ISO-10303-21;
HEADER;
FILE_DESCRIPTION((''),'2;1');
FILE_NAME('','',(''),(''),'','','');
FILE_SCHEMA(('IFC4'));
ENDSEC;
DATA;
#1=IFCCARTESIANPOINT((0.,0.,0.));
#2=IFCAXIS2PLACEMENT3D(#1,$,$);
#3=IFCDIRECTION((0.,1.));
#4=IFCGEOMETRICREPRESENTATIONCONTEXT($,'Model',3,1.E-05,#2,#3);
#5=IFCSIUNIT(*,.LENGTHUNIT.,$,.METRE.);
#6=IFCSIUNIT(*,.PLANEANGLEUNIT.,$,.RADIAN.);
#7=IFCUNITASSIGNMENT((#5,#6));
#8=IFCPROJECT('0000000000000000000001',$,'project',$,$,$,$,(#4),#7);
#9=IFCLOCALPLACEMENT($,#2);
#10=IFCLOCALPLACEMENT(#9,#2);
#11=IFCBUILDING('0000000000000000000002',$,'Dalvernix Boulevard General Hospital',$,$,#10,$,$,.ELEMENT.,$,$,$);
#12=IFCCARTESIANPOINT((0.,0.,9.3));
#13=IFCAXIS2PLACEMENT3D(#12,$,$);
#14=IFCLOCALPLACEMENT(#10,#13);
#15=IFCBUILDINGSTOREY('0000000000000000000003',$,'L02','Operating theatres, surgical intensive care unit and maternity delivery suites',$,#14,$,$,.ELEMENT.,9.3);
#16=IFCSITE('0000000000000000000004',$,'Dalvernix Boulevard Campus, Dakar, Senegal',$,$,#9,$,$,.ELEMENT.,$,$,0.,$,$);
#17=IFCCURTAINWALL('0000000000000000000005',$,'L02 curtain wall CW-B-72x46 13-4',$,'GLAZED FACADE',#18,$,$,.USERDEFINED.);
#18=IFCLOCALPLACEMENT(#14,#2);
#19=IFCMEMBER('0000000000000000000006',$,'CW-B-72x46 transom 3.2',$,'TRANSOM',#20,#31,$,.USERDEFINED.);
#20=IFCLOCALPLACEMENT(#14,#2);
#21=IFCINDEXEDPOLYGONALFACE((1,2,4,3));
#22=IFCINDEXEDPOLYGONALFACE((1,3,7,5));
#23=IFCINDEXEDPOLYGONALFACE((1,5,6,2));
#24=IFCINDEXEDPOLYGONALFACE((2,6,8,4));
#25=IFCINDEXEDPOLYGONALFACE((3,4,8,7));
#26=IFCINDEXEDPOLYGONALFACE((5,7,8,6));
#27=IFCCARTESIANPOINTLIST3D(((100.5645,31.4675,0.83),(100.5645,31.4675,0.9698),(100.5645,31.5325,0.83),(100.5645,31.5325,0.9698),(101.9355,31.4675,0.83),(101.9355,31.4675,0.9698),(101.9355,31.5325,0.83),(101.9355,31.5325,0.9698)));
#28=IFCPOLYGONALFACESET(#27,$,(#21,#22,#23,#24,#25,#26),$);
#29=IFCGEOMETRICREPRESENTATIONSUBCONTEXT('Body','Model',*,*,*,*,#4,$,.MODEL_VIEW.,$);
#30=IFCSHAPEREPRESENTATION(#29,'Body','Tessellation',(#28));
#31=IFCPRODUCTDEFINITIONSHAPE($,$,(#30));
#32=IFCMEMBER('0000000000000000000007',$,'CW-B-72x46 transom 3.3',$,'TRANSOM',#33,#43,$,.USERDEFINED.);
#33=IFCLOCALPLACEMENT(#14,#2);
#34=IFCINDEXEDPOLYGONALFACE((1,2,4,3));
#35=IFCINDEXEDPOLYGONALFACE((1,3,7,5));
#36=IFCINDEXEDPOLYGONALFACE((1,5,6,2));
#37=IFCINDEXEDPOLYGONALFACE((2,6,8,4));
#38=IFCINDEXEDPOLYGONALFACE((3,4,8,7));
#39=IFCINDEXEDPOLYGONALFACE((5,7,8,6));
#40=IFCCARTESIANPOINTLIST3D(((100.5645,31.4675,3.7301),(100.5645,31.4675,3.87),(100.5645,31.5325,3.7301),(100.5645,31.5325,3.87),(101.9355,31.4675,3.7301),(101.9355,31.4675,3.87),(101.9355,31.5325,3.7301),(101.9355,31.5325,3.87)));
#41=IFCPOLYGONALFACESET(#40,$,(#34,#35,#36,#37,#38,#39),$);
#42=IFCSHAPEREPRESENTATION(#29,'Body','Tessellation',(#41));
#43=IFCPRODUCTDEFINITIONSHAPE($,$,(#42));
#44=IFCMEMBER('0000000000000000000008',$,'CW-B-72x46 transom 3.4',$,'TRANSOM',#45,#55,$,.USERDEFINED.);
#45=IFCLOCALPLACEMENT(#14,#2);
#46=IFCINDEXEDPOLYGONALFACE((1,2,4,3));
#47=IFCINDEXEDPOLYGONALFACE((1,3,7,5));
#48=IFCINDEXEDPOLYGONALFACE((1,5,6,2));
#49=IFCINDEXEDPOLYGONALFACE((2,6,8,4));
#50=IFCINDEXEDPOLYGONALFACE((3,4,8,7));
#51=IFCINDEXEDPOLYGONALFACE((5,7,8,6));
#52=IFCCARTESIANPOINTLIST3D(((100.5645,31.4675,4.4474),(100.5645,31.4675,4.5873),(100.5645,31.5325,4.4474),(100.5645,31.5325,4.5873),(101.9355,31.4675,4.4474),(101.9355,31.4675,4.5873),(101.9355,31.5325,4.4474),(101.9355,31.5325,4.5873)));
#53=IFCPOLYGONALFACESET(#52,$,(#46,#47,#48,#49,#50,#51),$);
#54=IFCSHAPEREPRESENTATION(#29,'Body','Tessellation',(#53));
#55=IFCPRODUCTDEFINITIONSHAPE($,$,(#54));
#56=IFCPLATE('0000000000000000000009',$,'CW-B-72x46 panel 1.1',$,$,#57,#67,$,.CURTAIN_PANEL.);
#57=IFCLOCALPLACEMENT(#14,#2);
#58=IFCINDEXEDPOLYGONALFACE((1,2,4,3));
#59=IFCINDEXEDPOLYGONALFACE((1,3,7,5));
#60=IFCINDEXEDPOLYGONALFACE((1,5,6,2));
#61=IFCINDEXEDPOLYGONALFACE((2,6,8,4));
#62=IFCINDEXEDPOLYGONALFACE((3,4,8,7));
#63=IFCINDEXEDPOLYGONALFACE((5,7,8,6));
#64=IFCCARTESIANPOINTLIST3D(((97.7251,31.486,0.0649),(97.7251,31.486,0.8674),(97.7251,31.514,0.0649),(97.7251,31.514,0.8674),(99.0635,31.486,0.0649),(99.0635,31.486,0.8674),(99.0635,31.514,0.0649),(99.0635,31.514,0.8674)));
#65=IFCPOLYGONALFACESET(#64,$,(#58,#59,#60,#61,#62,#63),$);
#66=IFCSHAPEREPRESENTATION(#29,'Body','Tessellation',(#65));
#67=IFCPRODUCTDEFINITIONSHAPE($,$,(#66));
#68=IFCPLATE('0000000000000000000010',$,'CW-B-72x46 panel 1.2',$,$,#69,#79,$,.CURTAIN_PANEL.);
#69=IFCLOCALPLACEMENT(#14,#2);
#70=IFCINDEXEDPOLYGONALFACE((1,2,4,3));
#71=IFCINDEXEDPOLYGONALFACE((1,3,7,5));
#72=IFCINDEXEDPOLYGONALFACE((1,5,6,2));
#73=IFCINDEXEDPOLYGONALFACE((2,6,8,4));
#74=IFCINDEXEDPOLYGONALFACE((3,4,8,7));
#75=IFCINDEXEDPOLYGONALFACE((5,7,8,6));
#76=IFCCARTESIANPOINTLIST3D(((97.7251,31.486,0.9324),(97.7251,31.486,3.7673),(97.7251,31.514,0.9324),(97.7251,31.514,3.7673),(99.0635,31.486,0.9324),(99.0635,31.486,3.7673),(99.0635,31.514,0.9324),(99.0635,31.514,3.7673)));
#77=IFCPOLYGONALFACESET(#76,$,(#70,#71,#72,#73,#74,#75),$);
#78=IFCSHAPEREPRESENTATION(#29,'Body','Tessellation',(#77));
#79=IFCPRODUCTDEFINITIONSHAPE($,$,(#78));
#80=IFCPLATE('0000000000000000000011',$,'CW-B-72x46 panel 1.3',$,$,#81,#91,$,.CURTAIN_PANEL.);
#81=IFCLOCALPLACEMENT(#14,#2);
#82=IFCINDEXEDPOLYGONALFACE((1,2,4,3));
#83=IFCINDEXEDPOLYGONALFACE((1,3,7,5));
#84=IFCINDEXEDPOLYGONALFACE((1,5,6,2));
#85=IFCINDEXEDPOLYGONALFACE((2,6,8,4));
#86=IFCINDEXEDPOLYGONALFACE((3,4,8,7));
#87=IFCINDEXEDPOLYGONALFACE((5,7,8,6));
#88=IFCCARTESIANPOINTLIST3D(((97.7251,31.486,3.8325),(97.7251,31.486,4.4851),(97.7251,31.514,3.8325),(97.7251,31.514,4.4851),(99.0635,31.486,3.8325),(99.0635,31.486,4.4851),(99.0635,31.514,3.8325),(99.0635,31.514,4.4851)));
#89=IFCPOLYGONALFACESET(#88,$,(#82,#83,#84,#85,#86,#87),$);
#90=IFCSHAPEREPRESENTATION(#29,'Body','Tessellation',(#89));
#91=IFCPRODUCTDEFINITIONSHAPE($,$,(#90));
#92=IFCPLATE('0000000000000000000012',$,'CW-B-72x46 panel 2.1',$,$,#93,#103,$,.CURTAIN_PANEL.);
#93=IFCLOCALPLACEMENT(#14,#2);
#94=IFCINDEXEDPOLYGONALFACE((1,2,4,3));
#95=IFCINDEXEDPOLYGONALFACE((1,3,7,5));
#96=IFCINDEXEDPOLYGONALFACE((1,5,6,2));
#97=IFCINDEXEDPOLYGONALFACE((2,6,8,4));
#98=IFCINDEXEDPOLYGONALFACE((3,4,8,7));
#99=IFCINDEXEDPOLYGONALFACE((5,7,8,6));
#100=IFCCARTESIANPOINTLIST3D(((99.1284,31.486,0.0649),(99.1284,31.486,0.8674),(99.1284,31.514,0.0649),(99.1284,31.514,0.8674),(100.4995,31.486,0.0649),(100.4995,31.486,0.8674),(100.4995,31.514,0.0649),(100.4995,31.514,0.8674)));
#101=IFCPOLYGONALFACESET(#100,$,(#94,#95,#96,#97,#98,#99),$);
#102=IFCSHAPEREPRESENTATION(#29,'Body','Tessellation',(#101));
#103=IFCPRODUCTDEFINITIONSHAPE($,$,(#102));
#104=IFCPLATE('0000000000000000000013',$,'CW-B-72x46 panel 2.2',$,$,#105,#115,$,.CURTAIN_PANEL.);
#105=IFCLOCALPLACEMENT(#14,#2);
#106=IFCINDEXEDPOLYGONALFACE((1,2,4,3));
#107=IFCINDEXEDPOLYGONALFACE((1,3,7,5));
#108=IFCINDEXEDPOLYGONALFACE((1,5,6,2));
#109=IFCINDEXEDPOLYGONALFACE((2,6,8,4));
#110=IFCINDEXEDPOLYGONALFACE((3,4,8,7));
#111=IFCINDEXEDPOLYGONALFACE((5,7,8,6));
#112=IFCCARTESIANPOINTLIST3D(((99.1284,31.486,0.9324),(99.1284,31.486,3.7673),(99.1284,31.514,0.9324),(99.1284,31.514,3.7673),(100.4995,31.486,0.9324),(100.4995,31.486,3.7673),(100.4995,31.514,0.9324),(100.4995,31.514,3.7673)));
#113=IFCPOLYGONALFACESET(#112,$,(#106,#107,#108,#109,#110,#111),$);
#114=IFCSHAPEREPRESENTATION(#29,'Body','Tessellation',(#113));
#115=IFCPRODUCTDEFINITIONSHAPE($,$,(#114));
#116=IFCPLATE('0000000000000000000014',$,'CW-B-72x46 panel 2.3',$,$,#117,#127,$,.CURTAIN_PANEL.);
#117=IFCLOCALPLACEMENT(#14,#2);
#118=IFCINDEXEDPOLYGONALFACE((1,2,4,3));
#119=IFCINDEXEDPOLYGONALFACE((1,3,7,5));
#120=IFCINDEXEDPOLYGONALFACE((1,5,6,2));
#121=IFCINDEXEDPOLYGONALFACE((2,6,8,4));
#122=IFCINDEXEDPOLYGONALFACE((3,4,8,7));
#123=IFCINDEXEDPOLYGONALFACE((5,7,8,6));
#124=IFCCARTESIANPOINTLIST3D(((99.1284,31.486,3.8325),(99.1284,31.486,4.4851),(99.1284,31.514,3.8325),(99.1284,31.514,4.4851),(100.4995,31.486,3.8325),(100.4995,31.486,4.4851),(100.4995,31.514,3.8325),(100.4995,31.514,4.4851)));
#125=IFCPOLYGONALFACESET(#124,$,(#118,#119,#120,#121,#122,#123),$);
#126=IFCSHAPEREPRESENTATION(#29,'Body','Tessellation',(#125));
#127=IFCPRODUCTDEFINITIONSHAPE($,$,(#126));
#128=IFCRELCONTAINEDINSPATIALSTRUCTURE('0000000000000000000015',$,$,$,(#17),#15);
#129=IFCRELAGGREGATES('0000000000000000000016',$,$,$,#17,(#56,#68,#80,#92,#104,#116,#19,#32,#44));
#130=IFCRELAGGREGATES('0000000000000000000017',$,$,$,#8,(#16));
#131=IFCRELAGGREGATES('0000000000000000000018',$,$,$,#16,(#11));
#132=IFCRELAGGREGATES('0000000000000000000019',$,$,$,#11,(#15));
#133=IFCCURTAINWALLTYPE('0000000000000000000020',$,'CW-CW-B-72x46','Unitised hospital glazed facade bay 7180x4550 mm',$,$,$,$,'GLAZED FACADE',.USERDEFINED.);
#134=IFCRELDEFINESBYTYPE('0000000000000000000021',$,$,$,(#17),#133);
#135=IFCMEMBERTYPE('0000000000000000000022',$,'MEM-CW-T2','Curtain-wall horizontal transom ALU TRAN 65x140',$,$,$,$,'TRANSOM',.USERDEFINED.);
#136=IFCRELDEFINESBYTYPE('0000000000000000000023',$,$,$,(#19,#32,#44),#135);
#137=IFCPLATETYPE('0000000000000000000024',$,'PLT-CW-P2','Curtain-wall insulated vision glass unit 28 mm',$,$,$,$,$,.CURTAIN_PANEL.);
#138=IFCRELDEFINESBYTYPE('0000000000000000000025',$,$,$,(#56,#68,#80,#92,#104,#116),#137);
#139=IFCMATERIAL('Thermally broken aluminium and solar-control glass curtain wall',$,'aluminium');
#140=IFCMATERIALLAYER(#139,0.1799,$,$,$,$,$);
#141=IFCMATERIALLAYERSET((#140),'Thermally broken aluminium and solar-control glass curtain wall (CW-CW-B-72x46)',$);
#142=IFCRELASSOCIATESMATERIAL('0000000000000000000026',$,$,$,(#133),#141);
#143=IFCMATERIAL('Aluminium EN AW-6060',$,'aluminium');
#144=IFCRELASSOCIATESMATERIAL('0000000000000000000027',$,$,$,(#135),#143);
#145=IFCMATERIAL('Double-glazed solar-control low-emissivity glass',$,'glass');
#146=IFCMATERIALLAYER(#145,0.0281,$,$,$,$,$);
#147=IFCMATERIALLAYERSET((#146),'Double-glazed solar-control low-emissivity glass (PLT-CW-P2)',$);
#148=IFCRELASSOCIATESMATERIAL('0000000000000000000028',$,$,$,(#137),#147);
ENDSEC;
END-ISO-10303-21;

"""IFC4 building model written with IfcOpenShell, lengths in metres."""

from ifc_helpers import new_model, si_unit, direction, frame, origin, origin_2d, place, context, subcontext, project, spatial, rectangle, extrude, material, layer, layer_set, material_profile, profile_set, type_object, element, aggregate, save


model = new_model("IFC4")

# Units and contexts
model_context = context("Model", 3, precision=1e-05, world=origin(), true_north=direction((0.0, 1.0)))
body_context = subcontext(model_context, "Body", "Model", "MODEL_VIEW")
ifc_project = project(units=[si_unit("LENGTHUNIT", "METRE"), si_unit("PLANEANGLEUNIT", "RADIAN")], contexts=[model_context])

# Site, building, storey
site_placement = place(None, origin())
site = spatial("IfcSite", under=ifc_project, at=site_placement, Name="Dalvernix Boulevard Campus, Dakar, Senegal", CompositionType="ELEMENT", RefElevation=0.0)
building_placement = place(site_placement, origin())
building = spatial("IfcBuilding", under=site, at=building_placement, Name="Dalvernix Boulevard General Hospital", CompositionType="ELEMENT")
storey_placement = place(building_placement, frame((0.0, 0.0, 9.3)))
storey = spatial("IfcBuildingStorey", under=building, at=storey_placement, Name="L02", Description="Operating theatres, surgical intensive care unit and maternity delivery suites", CompositionType="ELEMENT", Elevation=9.3)

# Shared definitions
ifc_material_1 = material(Name="Thermally broken aluminium and solar-control glass curtain wall", Category="aluminium")
ifc_material_2 = material(Name="Aluminium EN AW-6060", Category="aluminium")

# Curtain wall
ifc_layer_1 = layer(ifc_material_1, 0.1799)
ifc_layer_set_1 = layer_set([ifc_layer_1], Name="Thermally broken aluminium and solar-control glass curtain wall (CW-CW-B-72x46)")
curtain_wall_type_1 = type_object("IfcCurtainWallType", Name="CW-CW-B-72x46", Description="Unitised hospital glazed facade bay 7180x4550 mm", ElementType="GLAZED FACADE", PredefinedType="USERDEFINED", material=ifc_layer_set_1)
curtain_wall_1_placement = place(storey_placement, origin())
curtain_wall_1 = element("IfcCurtainWall", 1, at=curtain_wall_1_placement, inside=storey, type_object=curtain_wall_type_1, Name="L02 curtain wall CW-B-72x46 13-4", ObjectType="GLAZED FACADE", PredefinedType="USERDEFINED")

# Members
ifc_material_profile_1 = material_profile(ifc_material_2, rectangle(XDim=0.0649, YDim=0.1399, at=origin_2d()), Name="ALU TRAN 65x140")
ifc_profile_set_1 = profile_set([ifc_material_profile_1], Name="Aluminium EN AW-6060")
member_type_1 = type_object("IfcMemberType", Name="MEM-CW-T2", Description="Curtain-wall horizontal transom ALU TRAN 65x140", ElementType="TRANSOM", PredefinedType="USERDEFINED", material=ifc_profile_set_1)
member_1_placement = place(storey_placement, frame((100.5645, 31.5, 0.8999), z_axis=(1.0, 0.0, 0.0), x_axis=(0.0, 1.0, 0.0)))
member_1 = element("IfcMember", 2, at=member_1_placement, type_object=member_type_1, Name="CW-B-72x46 transom 3.2", ObjectType="TRANSOM", PredefinedType="USERDEFINED", context=body_context, shape_type="SweptSolid", body=[
    extrude(rectangle(XDim=0.0649, YDim=0.1399, at=origin_2d()), origin(), (0.0, 0.0, 1.0), 1.3711),
])
member_2_placement = place(storey_placement, frame((100.5645, 31.5, 3.8), z_axis=(1.0, 0.0, 0.0), x_axis=(0.0, 1.0, 0.0)))
member_2 = element("IfcMember", 3, at=member_2_placement, type_object=member_type_1, Name="CW-B-72x46 transom 3.3", ObjectType="TRANSOM", PredefinedType="USERDEFINED", context=body_context, shape_type="SweptSolid", body=[
    extrude(rectangle(XDim=0.0649, YDim=0.1399, at=origin_2d()), origin(), (0.0, 0.0, 1.0), 1.3711),
])
member_3_placement = place(storey_placement, frame((100.5645, 31.5, 4.5173), z_axis=(1.0, 0.0, 0.0), x_axis=(0.0, 1.0, 0.0)))
member_3 = element("IfcMember", 4, at=member_3_placement, type_object=member_type_1, Name="CW-B-72x46 transom 3.4", ObjectType="TRANSOM", PredefinedType="USERDEFINED", context=body_context, shape_type="SweptSolid", body=[
    extrude(rectangle(XDim=0.0649, YDim=0.1399, at=origin_2d()), origin(), (0.0, 0.0, 1.0), 1.3711),
])

# Plates
ifc_material_3 = material(Name="Double-glazed solar-control low-emissivity glass", Category="glass")
ifc_layer_2 = layer(ifc_material_3, 0.0281)
ifc_layer_set_2 = layer_set([ifc_layer_2], Name="Double-glazed solar-control low-emissivity glass (PLT-CW-P2)")
plate_type = type_object("IfcPlateType", Name="PLT-CW-P2", Description="Curtain-wall insulated vision glass unit 28 mm", PredefinedType="CURTAIN_PANEL", material=ifc_layer_set_2)
plate_1_placement = place(storey_placement, frame((98.3943, 31.5, 0.0649), z_axis=(0.0, 0.0, 1.0), x_axis=(1.0, 0.0, 0.0)))
plate_1 = element("IfcPlate", 5, at=plate_1_placement, type_object=plate_type, Name="CW-B-72x46 panel 1.1", PredefinedType="CURTAIN_PANEL", context=body_context, shape_type="SweptSolid", body=[
    extrude(rectangle(XDim=1.3384, YDim=0.0281, at=origin_2d()), origin(), (0.0, 0.0, 1.0), 0.8025),
])
plate_2_placement = place(storey_placement, frame((98.3943, 31.5, 0.9324), z_axis=(0.0, 0.0, 1.0), x_axis=(1.0, 0.0, 0.0)))
plate_2 = element("IfcPlate", 6, at=plate_2_placement, type_object=plate_type, Name="CW-B-72x46 panel 1.2", PredefinedType="CURTAIN_PANEL", context=body_context, shape_type="SweptSolid", body=[
    extrude(rectangle(XDim=1.3384, YDim=0.0281, at=origin_2d()), origin(), (0.0, 0.0, 1.0), 2.835),
])
plate_3_placement = place(storey_placement, frame((98.3943, 31.5, 3.8325), z_axis=(0.0, 0.0, 1.0), x_axis=(1.0, 0.0, 0.0)))
plate_3 = element("IfcPlate", 7, at=plate_3_placement, type_object=plate_type, Name="CW-B-72x46 panel 1.3", PredefinedType="CURTAIN_PANEL", context=body_context, shape_type="SweptSolid", body=[
    extrude(rectangle(XDim=1.3384, YDim=0.0281, at=origin_2d()), origin(), (0.0, 0.0, 1.0), 0.6526),
])
plate_4_placement = place(storey_placement, frame((99.814, 31.5, 0.0649), z_axis=(0.0, 0.0, 1.0), x_axis=(1.0, 0.0, 0.0)))
plate_4 = element("IfcPlate", 8, at=plate_4_placement, type_object=plate_type, Name="CW-B-72x46 panel 2.1", PredefinedType="CURTAIN_PANEL", context=body_context, shape_type="SweptSolid", body=[
    extrude(rectangle(XDim=1.3711, YDim=0.0281, at=origin_2d()), origin(), (0.0, 0.0, 1.0), 0.8025),
])
plate_5_placement = place(storey_placement, frame((99.814, 31.5, 0.9324), z_axis=(0.0, 0.0, 1.0), x_axis=(1.0, 0.0, 0.0)))
plate_5 = element("IfcPlate", 9, at=plate_5_placement, type_object=plate_type, Name="CW-B-72x46 panel 2.2", PredefinedType="CURTAIN_PANEL", context=body_context, shape_type="SweptSolid", body=[
    extrude(rectangle(XDim=1.3711, YDim=0.0281, at=origin_2d()), origin(), (0.0, 0.0, 1.0), 2.835),
])
plate_6_placement = place(storey_placement, frame((99.814, 31.5, 3.8325), z_axis=(0.0, 0.0, 1.0), x_axis=(1.0, 0.0, 0.0)))
plate_6 = element("IfcPlate", 10, at=plate_6_placement, type_object=plate_type, Name="CW-B-72x46 panel 2.3", PredefinedType="CURTAIN_PANEL", context=body_context, shape_type="SweptSolid", body=[
    extrude(rectangle(XDim=1.3711, YDim=0.0281, at=origin_2d()), origin(), (0.0, 0.0, 1.0), 0.6526),
])
aggregate(curtain_wall_1, [plate_1, plate_2, plate_3, plate_4, plate_5, plate_6, member_1, member_2, member_3])

save(model, "model.ifc")
